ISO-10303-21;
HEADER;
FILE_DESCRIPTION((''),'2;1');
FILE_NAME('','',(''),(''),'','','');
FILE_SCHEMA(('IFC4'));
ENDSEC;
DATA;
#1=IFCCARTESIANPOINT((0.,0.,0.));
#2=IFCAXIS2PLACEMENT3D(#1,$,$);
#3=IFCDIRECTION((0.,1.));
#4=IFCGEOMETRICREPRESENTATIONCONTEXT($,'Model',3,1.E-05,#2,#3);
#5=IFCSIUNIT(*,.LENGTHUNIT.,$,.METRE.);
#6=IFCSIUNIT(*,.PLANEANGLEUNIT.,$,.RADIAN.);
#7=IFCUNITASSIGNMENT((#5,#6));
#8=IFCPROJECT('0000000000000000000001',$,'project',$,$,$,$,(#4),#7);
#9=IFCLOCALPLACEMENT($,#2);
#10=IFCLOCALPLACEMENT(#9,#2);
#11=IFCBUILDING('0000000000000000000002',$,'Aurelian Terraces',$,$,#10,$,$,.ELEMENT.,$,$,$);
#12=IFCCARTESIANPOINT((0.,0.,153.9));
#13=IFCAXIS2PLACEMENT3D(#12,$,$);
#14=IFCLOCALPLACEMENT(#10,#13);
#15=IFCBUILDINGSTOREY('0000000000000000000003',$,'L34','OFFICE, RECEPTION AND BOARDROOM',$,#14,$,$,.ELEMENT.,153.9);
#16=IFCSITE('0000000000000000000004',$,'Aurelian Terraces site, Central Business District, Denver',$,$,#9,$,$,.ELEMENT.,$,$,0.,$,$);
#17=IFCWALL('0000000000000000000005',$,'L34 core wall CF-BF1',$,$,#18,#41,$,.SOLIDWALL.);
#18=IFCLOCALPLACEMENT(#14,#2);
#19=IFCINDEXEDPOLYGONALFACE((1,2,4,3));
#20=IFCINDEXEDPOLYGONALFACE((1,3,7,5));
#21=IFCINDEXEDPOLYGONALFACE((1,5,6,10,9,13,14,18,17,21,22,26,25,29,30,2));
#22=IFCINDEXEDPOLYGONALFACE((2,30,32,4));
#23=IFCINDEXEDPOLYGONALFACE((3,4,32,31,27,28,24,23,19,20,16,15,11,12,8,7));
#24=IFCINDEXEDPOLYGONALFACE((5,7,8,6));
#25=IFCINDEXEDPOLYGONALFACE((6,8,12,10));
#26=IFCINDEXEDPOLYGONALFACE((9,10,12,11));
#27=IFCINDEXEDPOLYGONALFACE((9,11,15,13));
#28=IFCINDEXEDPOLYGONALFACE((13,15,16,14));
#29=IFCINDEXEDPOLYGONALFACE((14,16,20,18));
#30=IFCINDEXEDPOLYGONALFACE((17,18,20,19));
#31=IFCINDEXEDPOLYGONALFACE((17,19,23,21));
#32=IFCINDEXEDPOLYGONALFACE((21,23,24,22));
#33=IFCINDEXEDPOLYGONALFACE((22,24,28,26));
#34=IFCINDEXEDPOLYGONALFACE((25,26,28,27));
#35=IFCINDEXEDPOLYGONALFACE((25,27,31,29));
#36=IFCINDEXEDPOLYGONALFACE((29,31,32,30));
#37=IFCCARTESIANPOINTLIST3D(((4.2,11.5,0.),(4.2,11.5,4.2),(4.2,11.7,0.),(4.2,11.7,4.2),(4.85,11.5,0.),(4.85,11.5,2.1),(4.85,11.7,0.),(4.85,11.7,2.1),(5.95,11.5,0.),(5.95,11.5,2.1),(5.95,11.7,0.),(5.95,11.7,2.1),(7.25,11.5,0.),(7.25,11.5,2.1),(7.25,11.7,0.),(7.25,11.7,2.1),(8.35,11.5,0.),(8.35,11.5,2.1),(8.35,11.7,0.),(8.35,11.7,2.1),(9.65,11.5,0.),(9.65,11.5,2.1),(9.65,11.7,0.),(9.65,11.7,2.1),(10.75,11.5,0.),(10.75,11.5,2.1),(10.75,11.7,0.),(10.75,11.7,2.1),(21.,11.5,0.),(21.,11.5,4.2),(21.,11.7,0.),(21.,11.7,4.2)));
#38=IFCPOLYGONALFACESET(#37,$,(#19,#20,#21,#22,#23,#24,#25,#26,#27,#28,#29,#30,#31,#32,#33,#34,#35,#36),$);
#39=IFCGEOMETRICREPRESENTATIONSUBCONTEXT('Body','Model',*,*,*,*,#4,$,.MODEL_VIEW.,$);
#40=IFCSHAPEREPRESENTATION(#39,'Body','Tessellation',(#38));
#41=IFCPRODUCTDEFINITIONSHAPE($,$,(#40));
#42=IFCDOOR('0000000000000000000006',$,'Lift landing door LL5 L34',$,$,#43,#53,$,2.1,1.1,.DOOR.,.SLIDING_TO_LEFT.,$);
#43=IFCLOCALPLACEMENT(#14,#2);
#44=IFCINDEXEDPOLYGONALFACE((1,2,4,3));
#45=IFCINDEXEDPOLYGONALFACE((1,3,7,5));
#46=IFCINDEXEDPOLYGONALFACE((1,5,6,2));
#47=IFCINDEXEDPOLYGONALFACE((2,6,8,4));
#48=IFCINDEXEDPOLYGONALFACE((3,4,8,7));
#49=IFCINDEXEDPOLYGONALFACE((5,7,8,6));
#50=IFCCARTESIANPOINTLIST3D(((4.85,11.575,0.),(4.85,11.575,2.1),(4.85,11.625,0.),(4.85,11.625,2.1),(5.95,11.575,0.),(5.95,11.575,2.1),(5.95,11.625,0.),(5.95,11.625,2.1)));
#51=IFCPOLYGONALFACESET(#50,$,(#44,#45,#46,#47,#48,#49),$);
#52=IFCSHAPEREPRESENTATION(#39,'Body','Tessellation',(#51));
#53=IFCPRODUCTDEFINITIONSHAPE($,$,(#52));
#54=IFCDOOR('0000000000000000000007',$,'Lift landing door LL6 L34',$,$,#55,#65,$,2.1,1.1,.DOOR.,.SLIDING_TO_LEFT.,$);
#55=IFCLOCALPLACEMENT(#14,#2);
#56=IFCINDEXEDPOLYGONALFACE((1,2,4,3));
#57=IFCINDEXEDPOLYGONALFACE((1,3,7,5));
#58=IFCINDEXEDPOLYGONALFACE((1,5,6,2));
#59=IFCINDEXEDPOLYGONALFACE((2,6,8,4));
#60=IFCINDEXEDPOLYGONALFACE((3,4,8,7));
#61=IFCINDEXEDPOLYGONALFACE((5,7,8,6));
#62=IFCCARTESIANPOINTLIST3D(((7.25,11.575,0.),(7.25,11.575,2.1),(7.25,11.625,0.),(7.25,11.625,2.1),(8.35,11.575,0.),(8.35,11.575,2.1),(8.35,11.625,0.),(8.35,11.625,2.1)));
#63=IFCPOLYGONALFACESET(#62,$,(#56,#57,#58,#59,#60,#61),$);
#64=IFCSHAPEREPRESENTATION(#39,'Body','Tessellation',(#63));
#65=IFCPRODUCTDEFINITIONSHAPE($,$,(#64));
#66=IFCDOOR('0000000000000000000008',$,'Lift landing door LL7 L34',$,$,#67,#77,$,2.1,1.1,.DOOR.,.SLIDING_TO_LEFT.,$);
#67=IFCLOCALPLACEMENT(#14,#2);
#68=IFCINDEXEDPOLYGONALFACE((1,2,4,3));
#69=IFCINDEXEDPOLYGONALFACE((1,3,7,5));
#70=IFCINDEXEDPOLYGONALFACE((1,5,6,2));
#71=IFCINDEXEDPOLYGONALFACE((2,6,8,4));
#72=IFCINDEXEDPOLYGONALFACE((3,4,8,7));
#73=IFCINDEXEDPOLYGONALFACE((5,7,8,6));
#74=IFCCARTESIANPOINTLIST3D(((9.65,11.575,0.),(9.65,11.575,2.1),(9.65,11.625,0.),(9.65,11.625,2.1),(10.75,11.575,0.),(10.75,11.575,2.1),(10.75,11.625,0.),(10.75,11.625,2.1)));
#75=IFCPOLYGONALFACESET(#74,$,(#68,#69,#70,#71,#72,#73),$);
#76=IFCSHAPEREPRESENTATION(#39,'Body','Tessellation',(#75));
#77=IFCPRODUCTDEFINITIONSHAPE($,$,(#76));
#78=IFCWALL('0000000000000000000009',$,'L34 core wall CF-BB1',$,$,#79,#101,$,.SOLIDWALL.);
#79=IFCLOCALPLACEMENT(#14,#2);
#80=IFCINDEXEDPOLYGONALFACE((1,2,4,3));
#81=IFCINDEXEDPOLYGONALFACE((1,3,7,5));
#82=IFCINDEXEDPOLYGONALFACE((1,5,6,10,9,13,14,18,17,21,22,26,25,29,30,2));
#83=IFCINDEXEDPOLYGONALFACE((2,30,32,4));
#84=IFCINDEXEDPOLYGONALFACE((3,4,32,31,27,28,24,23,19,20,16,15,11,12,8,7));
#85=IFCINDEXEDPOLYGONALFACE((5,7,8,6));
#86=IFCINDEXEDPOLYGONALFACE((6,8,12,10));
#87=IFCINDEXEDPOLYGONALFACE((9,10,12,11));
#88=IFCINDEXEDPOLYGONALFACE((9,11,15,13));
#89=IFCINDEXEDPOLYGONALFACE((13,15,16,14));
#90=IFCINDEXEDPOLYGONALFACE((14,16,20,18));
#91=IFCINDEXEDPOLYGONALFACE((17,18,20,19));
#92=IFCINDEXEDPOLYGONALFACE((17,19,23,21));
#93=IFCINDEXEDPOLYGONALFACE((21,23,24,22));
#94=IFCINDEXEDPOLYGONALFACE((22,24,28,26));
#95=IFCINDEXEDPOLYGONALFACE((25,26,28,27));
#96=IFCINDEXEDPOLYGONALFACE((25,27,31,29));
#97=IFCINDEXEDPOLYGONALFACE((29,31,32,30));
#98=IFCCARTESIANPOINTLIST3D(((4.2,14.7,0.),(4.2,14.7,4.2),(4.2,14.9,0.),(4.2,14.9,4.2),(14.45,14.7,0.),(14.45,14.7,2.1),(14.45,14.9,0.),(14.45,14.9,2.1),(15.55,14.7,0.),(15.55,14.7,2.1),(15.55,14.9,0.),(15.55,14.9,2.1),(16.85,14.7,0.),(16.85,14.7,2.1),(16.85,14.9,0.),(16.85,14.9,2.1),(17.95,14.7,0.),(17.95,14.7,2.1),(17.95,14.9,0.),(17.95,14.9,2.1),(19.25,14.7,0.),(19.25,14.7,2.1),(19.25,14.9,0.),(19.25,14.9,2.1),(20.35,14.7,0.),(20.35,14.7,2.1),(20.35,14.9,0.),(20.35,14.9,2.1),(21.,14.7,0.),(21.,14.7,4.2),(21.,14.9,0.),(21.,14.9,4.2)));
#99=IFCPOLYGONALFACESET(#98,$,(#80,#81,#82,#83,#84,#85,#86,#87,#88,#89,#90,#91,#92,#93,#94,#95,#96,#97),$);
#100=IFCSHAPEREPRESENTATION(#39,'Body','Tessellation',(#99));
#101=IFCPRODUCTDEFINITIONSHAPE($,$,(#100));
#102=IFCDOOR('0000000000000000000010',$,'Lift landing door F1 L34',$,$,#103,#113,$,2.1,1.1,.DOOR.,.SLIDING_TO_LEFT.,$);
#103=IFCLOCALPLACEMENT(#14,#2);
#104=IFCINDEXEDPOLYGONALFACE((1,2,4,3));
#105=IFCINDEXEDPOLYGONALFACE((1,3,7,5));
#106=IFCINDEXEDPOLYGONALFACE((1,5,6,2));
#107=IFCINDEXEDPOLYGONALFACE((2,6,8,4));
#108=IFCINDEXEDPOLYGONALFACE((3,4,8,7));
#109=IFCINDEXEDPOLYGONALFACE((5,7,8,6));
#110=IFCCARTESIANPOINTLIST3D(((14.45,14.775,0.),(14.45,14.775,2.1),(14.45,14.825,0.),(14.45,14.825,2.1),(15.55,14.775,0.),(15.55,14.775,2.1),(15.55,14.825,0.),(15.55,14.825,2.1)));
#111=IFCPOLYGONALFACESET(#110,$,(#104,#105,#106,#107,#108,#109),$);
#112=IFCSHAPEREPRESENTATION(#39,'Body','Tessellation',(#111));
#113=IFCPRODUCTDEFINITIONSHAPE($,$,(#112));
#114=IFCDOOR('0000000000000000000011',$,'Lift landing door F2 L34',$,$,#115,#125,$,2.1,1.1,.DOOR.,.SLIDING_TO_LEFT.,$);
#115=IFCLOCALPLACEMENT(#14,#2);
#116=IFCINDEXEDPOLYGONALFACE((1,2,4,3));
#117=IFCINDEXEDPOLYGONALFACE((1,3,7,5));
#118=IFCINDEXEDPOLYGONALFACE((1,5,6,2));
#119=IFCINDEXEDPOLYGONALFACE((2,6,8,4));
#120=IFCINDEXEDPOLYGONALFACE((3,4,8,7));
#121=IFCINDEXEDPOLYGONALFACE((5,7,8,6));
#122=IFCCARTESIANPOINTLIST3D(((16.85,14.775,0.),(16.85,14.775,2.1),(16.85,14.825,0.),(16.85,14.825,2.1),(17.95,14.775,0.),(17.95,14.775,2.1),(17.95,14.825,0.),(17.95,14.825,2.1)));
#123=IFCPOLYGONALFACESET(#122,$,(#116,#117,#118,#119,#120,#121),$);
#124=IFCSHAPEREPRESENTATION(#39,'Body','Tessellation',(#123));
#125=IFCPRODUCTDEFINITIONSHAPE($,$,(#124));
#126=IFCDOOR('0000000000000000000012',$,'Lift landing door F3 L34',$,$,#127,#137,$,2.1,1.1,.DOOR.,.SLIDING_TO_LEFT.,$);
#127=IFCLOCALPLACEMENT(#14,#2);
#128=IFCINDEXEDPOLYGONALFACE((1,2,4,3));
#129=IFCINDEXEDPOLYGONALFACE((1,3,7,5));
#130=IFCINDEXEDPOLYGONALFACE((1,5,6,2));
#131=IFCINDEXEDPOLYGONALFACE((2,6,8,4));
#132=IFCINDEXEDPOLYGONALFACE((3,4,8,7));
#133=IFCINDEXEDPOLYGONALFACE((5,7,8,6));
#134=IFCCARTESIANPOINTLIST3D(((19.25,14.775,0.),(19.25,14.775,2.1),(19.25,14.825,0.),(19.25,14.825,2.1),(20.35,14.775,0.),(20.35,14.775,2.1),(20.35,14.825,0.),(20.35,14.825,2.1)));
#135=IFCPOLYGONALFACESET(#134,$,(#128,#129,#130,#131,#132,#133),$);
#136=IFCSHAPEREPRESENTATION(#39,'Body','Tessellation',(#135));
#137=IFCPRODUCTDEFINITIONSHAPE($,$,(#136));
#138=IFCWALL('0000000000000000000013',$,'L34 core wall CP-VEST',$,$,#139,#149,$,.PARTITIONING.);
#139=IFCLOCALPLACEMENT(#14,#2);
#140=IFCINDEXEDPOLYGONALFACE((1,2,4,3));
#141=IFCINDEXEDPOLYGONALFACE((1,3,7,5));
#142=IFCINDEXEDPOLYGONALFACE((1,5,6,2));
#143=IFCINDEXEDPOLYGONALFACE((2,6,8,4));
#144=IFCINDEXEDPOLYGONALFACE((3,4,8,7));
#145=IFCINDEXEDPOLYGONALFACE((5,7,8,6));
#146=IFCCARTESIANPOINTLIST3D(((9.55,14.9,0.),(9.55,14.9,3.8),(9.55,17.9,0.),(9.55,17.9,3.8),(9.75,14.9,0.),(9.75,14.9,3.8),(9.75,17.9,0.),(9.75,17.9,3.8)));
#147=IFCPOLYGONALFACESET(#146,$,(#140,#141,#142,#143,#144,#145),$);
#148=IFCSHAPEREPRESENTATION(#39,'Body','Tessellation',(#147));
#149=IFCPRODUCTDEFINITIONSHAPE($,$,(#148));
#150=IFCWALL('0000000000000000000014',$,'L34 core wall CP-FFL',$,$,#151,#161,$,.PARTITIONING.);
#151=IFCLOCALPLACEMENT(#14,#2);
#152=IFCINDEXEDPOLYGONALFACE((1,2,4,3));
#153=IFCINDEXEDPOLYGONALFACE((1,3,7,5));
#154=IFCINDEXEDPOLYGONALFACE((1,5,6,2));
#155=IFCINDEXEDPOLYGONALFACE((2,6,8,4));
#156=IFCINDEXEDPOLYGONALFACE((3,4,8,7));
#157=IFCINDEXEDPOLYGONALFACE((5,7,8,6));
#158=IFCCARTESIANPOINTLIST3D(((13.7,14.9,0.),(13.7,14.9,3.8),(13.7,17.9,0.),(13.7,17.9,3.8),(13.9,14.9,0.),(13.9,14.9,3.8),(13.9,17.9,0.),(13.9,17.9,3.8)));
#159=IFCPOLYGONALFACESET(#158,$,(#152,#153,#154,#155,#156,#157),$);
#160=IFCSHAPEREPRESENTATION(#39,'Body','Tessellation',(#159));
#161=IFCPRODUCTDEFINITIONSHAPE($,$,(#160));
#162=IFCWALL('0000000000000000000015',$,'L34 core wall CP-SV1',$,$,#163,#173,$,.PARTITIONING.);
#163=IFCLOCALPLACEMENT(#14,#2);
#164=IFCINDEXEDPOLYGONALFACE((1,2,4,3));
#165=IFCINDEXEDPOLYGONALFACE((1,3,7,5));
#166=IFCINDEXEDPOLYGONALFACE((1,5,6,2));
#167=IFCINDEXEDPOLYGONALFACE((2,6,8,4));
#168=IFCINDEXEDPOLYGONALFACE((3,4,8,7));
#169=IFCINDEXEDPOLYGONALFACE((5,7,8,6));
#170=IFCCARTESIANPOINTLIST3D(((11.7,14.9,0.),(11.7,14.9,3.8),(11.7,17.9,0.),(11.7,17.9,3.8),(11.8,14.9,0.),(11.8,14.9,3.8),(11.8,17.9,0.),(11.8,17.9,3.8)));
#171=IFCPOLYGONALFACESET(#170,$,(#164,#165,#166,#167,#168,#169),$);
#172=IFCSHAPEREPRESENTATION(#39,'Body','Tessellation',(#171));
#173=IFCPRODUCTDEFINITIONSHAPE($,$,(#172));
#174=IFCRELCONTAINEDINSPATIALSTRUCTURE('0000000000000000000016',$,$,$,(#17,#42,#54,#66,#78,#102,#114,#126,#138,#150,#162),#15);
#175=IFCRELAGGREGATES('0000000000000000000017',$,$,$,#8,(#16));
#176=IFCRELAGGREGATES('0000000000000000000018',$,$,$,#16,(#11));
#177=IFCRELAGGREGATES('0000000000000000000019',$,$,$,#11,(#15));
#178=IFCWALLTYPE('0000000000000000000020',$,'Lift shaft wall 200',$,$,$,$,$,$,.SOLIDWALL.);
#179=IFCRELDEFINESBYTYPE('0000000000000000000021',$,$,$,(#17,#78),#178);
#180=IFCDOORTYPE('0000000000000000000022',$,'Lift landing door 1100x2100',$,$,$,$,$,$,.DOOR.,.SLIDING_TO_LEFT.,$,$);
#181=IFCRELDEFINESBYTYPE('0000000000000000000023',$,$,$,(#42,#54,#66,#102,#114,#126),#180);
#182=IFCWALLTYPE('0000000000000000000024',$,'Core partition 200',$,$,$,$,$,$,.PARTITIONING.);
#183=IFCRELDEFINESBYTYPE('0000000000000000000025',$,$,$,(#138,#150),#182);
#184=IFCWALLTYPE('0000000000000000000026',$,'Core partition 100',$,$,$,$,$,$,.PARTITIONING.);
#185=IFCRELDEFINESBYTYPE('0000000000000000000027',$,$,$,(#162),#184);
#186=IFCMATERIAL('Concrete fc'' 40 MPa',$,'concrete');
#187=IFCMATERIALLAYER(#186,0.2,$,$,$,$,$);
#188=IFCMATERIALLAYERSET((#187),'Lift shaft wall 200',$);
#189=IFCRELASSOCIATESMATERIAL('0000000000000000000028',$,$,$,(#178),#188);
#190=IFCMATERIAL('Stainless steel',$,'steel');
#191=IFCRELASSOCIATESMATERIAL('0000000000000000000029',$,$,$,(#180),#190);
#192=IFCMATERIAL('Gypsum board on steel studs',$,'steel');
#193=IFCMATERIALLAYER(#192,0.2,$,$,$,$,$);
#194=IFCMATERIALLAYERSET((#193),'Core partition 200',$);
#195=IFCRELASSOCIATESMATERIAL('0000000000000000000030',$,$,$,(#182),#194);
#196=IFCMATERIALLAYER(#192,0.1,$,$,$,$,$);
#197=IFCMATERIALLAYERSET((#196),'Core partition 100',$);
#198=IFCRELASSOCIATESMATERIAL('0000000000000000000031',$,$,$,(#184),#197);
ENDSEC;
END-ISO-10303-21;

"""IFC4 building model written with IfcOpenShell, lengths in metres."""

from ifc_helpers import new_model, si_unit, direction, frame, frame_2d, origin, place, context, subcontext, project, spatial, rectangle, extrude, source, transform, mapped, material, layer, layer_set, type_object, element, fill, save


model = new_model("IFC4")

# Units and contexts
model_context = context("Model", 3, precision=1e-05, world=origin(), true_north=direction((0.0, 1.0)))
body_context = subcontext(model_context, "Body", "Model", "MODEL_VIEW")
ifc_project = project(units=[si_unit("LENGTHUNIT", "METRE"), si_unit("PLANEANGLEUNIT", "RADIAN")], contexts=[model_context])

# Site, building, storey
site_placement = place(None, origin())
site = spatial("IfcSite", under=ifc_project, at=site_placement, Name="Aurelian Terraces site, Central Business District, Denver", CompositionType="ELEMENT", RefElevation=0.0)
building_placement = place(site_placement, origin())
building = spatial("IfcBuilding", under=site, at=building_placement, Name="Aurelian Terraces", CompositionType="ELEMENT")
storey_placement = place(building_placement, frame((0.0, 0.0, 153.9)))
storey = spatial("IfcBuildingStorey", under=building, at=storey_placement, Name="L34", Description="OFFICE, RECEPTION AND BOARDROOM", CompositionType="ELEMENT", Elevation=153.9)

# Shared definitions
ifc_material_1 = material(Name="Concrete fc' 40 MPa", Category="concrete")
ifc_layer_1 = layer(ifc_material_1, 0.2)
ifc_layer_set_1 = layer_set([ifc_layer_1], Name="Lift shaft wall 200")
wall_type_1 = type_object("IfcWallType", Name="Lift shaft wall 200", PredefinedType="SOLIDWALL", material=ifc_layer_set_1)

# Walls, openings, doors
shared_shape_1 = source(origin(), body_context, "Body", "SweptSolid", [
    extrude(rectangle(XDim=16.8, YDim=0.2, at=frame_2d((8.4, 0.0))), origin(), (0.0, 0.0, 1.0), 4.2),
])
shared_shape_2 = source(origin(), body_context, "Body", "SweptSolid", [
    extrude(rectangle(XDim=1.1, YDim=2.1, at=frame_2d((0.55, 1.05))), frame((0.0, 0.11, 0.0), z_axis=(0.0, -1.0, 0.0), x_axis=(1.0, 0.0, 0.0)), (0.0, 0.0, 1.0), 0.22),
])
ifc_material_2 = material(Name="Stainless steel", Category="steel")
door_type_1 = type_object("IfcDoorType", Name="Lift landing door 1100x2100", OperationType="SLIDING_TO_LEFT", PredefinedType="DOOR", material=ifc_material_2)
shared_shape_3 = source(origin(), body_context, "Body", "SweptSolid", [
    extrude(rectangle(XDim=1.1, YDim=2.1, at=frame_2d((0.55, 1.05))), frame((0.0, 0.025, 0.0), z_axis=(0.0, -1.0, 0.0), x_axis=(1.0, 0.0, 0.0)), (0.0, 0.0, 1.0), 0.05),
])
wall_1_placement = place(storey_placement, frame((4.2, 11.6, 0.0), z_axis=(0.0, 0.0, 1.0), x_axis=(1.0, 0.0, 0.0)))
wall_1 = element("IfcWall", 1, at=wall_1_placement, inside=storey, type_object=wall_type_1, Name="L34 core wall CF-BF1", PredefinedType="SOLIDWALL", context=body_context, shape_type="MappedRepresentation", body=[
    mapped(shared_shape_1, transform((0.0, 0.0, 0.0), scale=1.0)),
])
opening_1_placement = place(wall_1_placement, frame((0.65, 0.0, 0.0)))
opening_1 = element("IfcOpeningElement", 2, at=opening_1_placement, cuts=wall_1, PredefinedType="OPENING", context=body_context, shape_type="MappedRepresentation", body=[
    mapped(shared_shape_2, transform((0.0, 0.0, 0.0), scale=1.0)),
])
opening_2_placement = place(wall_1_placement, frame((3.05, 0.0, 0.0)))
opening_2 = element("IfcOpeningElement", 3, at=opening_2_placement, cuts=wall_1, PredefinedType="OPENING", context=body_context, shape_type="MappedRepresentation", body=[
    mapped(shared_shape_2, transform((0.0, 0.0, 0.0), scale=1.0)),
])
opening_3_placement = place(wall_1_placement, frame((5.45, 0.0, 0.0)))
opening_3 = element("IfcOpeningElement", 4, at=opening_3_placement, cuts=wall_1, PredefinedType="OPENING", context=body_context, shape_type="MappedRepresentation", body=[
    mapped(shared_shape_2, transform((0.0, 0.0, 0.0), scale=1.0)),
])
door_1_placement = place(opening_1_placement, origin())
door_1 = element("IfcDoor", 5, at=door_1_placement, inside=storey, type_object=door_type_1, Name="Lift landing door LL5 L34", OperationType="SLIDING_TO_LEFT", OverallHeight=2.1, OverallWidth=1.1, PredefinedType="DOOR", context=body_context, shape_type="MappedRepresentation", body=[
    mapped(shared_shape_3, transform((0.0, 0.0, 0.0), scale=1.0)),
])
fill(opening_1, door_1)
door_2_placement = place(opening_2_placement, origin())
door_2 = element("IfcDoor", 6, at=door_2_placement, inside=storey, type_object=door_type_1, Name="Lift landing door LL6 L34", OperationType="SLIDING_TO_LEFT", OverallHeight=2.1, OverallWidth=1.1, PredefinedType="DOOR", context=body_context, shape_type="MappedRepresentation", body=[
    mapped(shared_shape_3, transform((0.0, 0.0, 0.0), scale=1.0)),
])
fill(opening_2, door_2)
door_3_placement = place(opening_3_placement, origin())
door_3 = element("IfcDoor", 7, at=door_3_placement, inside=storey, type_object=door_type_1, Name="Lift landing door LL7 L34", OperationType="SLIDING_TO_LEFT", OverallHeight=2.1, OverallWidth=1.1, PredefinedType="DOOR", context=body_context, shape_type="MappedRepresentation", body=[
    mapped(shared_shape_3, transform((0.0, 0.0, 0.0), scale=1.0)),
])
fill(opening_3, door_3)
wall_2_placement = place(storey_placement, frame((4.2, 14.8, 0.0), z_axis=(0.0, 0.0, 1.0), x_axis=(1.0, 0.0, 0.0)))
wall_2 = element("IfcWall", 8, at=wall_2_placement, inside=storey, type_object=wall_type_1, Name="L34 core wall CF-BB1", PredefinedType="SOLIDWALL", context=body_context, shape_type="MappedRepresentation", body=[
    mapped(shared_shape_1, transform((0.0, 0.0, 0.0), scale=1.0)),
])
opening_4_placement = place(wall_2_placement, frame((10.25, 0.0, 0.0)))
opening_4 = element("IfcOpeningElement", 9, at=opening_4_placement, cuts=wall_2, PredefinedType="OPENING", context=body_context, shape_type="MappedRepresentation", body=[
    mapped(shared_shape_2, transform((0.0, 0.0, 0.0), scale=1.0)),
])
opening_5_placement = place(wall_2_placement, frame((12.65, 0.0, 0.0)))
opening_5 = element("IfcOpeningElement", 10, at=opening_5_placement, cuts=wall_2, PredefinedType="OPENING", context=body_context, shape_type="MappedRepresentation", body=[
    mapped(shared_shape_2, transform((0.0, 0.0, 0.0), scale=1.0)),
])
opening_6_placement = place(wall_2_placement, frame((15.05, 0.0, 0.0)))
opening_6 = element("IfcOpeningElement", 11, at=opening_6_placement, cuts=wall_2, PredefinedType="OPENING", context=body_context, shape_type="MappedRepresentation", body=[
    mapped(shared_shape_2, transform((0.0, 0.0, 0.0), scale=1.0)),
])
door_4_placement = place(opening_4_placement, origin())
door_4 = element("IfcDoor", 12, at=door_4_placement, inside=storey, type_object=door_type_1, Name="Lift landing door F1 L34", OperationType="SLIDING_TO_LEFT", OverallHeight=2.1, OverallWidth=1.1, PredefinedType="DOOR", context=body_context, shape_type="MappedRepresentation", body=[
    mapped(shared_shape_3, transform((0.0, 0.0, 0.0), scale=1.0)),
])
fill(opening_4, door_4)
door_5_placement = place(opening_5_placement, origin())
door_5 = element("IfcDoor", 13, at=door_5_placement, inside=storey, type_object=door_type_1, Name="Lift landing door F2 L34", OperationType="SLIDING_TO_LEFT", OverallHeight=2.1, OverallWidth=1.1, PredefinedType="DOOR", context=body_context, shape_type="MappedRepresentation", body=[
    mapped(shared_shape_3, transform((0.0, 0.0, 0.0), scale=1.0)),
])
fill(opening_5, door_5)
door_6_placement = place(opening_6_placement, origin())
door_6 = element("IfcDoor", 14, at=door_6_placement, inside=storey, type_object=door_type_1, Name="Lift landing door F3 L34", OperationType="SLIDING_TO_LEFT", OverallHeight=2.1, OverallWidth=1.1, PredefinedType="DOOR", context=body_context, shape_type="MappedRepresentation", body=[
    mapped(shared_shape_3, transform((0.0, 0.0, 0.0), scale=1.0)),
])
fill(opening_6, door_6)

# Walls
ifc_material_3 = material(Name="Gypsum board on steel studs", Category="steel")
ifc_layer_2 = layer(ifc_material_3, 0.2)
ifc_layer_set_2 = layer_set([ifc_layer_2], Name="Core partition 200")
wall_type_2 = type_object("IfcWallType", Name="Core partition 200", PredefinedType="PARTITIONING", material=ifc_layer_set_2)
shared_shape_4 = source(origin(), body_context, "Body", "SweptSolid", [
    extrude(rectangle(XDim=3.0, YDim=0.2, at=frame_2d((1.5, 0.0))), origin(), (0.0, 0.0, 1.0), 3.8),
])
for number, where, z_axis, x_axis, name in (
    (15, (9.65, 14.9, 0.0), (0.0, 0.0, 1.0), (0.0, 1.0, 0.0), "L34 core wall CP-VEST"),
    (16, (13.8, 14.9, 0.0), (0.0, 0.0, 1.0), (0.0, 1.0, 0.0), "L34 core wall CP-FFL"),
):
    element("IfcWall", number, at=place(storey_placement, frame(where, z_axis=z_axis, x_axis=x_axis)), inside=storey, type_object=wall_type_2, Name=name, PredefinedType="PARTITIONING", context=body_context, shape_type="MappedRepresentation", body=[
        mapped(shared_shape_4, transform((0.0, 0.0, 0.0), scale=1.0)),
    ])
ifc_layer_3 = layer(ifc_material_3, 0.1)
ifc_layer_set_3 = layer_set([ifc_layer_3], Name="Core partition 100")
wall_type_3 = type_object("IfcWallType", Name="Core partition 100", PredefinedType="PARTITIONING", material=ifc_layer_set_3)
shared_shape_5 = source(origin(), body_context, "Body", "SweptSolid", [
    extrude(rectangle(XDim=3.0, YDim=0.1, at=frame_2d((1.5, 0.0))), origin(), (0.0, 0.0, 1.0), 3.8),
])
wall_3_placement = place(storey_placement, frame((11.75, 14.9, 0.0), z_axis=(0.0, 0.0, 1.0), x_axis=(0.0, 1.0, 0.0)))
element("IfcWall", 17, at=wall_3_placement, inside=storey, type_object=wall_type_3, Name="L34 core wall CP-SV1", PredefinedType="PARTITIONING", context=body_context, shape_type="MappedRepresentation", body=[
    mapped(shared_shape_5, transform((0.0, 0.0, 0.0), scale=1.0)),
])

save(model, "model.ifc")
